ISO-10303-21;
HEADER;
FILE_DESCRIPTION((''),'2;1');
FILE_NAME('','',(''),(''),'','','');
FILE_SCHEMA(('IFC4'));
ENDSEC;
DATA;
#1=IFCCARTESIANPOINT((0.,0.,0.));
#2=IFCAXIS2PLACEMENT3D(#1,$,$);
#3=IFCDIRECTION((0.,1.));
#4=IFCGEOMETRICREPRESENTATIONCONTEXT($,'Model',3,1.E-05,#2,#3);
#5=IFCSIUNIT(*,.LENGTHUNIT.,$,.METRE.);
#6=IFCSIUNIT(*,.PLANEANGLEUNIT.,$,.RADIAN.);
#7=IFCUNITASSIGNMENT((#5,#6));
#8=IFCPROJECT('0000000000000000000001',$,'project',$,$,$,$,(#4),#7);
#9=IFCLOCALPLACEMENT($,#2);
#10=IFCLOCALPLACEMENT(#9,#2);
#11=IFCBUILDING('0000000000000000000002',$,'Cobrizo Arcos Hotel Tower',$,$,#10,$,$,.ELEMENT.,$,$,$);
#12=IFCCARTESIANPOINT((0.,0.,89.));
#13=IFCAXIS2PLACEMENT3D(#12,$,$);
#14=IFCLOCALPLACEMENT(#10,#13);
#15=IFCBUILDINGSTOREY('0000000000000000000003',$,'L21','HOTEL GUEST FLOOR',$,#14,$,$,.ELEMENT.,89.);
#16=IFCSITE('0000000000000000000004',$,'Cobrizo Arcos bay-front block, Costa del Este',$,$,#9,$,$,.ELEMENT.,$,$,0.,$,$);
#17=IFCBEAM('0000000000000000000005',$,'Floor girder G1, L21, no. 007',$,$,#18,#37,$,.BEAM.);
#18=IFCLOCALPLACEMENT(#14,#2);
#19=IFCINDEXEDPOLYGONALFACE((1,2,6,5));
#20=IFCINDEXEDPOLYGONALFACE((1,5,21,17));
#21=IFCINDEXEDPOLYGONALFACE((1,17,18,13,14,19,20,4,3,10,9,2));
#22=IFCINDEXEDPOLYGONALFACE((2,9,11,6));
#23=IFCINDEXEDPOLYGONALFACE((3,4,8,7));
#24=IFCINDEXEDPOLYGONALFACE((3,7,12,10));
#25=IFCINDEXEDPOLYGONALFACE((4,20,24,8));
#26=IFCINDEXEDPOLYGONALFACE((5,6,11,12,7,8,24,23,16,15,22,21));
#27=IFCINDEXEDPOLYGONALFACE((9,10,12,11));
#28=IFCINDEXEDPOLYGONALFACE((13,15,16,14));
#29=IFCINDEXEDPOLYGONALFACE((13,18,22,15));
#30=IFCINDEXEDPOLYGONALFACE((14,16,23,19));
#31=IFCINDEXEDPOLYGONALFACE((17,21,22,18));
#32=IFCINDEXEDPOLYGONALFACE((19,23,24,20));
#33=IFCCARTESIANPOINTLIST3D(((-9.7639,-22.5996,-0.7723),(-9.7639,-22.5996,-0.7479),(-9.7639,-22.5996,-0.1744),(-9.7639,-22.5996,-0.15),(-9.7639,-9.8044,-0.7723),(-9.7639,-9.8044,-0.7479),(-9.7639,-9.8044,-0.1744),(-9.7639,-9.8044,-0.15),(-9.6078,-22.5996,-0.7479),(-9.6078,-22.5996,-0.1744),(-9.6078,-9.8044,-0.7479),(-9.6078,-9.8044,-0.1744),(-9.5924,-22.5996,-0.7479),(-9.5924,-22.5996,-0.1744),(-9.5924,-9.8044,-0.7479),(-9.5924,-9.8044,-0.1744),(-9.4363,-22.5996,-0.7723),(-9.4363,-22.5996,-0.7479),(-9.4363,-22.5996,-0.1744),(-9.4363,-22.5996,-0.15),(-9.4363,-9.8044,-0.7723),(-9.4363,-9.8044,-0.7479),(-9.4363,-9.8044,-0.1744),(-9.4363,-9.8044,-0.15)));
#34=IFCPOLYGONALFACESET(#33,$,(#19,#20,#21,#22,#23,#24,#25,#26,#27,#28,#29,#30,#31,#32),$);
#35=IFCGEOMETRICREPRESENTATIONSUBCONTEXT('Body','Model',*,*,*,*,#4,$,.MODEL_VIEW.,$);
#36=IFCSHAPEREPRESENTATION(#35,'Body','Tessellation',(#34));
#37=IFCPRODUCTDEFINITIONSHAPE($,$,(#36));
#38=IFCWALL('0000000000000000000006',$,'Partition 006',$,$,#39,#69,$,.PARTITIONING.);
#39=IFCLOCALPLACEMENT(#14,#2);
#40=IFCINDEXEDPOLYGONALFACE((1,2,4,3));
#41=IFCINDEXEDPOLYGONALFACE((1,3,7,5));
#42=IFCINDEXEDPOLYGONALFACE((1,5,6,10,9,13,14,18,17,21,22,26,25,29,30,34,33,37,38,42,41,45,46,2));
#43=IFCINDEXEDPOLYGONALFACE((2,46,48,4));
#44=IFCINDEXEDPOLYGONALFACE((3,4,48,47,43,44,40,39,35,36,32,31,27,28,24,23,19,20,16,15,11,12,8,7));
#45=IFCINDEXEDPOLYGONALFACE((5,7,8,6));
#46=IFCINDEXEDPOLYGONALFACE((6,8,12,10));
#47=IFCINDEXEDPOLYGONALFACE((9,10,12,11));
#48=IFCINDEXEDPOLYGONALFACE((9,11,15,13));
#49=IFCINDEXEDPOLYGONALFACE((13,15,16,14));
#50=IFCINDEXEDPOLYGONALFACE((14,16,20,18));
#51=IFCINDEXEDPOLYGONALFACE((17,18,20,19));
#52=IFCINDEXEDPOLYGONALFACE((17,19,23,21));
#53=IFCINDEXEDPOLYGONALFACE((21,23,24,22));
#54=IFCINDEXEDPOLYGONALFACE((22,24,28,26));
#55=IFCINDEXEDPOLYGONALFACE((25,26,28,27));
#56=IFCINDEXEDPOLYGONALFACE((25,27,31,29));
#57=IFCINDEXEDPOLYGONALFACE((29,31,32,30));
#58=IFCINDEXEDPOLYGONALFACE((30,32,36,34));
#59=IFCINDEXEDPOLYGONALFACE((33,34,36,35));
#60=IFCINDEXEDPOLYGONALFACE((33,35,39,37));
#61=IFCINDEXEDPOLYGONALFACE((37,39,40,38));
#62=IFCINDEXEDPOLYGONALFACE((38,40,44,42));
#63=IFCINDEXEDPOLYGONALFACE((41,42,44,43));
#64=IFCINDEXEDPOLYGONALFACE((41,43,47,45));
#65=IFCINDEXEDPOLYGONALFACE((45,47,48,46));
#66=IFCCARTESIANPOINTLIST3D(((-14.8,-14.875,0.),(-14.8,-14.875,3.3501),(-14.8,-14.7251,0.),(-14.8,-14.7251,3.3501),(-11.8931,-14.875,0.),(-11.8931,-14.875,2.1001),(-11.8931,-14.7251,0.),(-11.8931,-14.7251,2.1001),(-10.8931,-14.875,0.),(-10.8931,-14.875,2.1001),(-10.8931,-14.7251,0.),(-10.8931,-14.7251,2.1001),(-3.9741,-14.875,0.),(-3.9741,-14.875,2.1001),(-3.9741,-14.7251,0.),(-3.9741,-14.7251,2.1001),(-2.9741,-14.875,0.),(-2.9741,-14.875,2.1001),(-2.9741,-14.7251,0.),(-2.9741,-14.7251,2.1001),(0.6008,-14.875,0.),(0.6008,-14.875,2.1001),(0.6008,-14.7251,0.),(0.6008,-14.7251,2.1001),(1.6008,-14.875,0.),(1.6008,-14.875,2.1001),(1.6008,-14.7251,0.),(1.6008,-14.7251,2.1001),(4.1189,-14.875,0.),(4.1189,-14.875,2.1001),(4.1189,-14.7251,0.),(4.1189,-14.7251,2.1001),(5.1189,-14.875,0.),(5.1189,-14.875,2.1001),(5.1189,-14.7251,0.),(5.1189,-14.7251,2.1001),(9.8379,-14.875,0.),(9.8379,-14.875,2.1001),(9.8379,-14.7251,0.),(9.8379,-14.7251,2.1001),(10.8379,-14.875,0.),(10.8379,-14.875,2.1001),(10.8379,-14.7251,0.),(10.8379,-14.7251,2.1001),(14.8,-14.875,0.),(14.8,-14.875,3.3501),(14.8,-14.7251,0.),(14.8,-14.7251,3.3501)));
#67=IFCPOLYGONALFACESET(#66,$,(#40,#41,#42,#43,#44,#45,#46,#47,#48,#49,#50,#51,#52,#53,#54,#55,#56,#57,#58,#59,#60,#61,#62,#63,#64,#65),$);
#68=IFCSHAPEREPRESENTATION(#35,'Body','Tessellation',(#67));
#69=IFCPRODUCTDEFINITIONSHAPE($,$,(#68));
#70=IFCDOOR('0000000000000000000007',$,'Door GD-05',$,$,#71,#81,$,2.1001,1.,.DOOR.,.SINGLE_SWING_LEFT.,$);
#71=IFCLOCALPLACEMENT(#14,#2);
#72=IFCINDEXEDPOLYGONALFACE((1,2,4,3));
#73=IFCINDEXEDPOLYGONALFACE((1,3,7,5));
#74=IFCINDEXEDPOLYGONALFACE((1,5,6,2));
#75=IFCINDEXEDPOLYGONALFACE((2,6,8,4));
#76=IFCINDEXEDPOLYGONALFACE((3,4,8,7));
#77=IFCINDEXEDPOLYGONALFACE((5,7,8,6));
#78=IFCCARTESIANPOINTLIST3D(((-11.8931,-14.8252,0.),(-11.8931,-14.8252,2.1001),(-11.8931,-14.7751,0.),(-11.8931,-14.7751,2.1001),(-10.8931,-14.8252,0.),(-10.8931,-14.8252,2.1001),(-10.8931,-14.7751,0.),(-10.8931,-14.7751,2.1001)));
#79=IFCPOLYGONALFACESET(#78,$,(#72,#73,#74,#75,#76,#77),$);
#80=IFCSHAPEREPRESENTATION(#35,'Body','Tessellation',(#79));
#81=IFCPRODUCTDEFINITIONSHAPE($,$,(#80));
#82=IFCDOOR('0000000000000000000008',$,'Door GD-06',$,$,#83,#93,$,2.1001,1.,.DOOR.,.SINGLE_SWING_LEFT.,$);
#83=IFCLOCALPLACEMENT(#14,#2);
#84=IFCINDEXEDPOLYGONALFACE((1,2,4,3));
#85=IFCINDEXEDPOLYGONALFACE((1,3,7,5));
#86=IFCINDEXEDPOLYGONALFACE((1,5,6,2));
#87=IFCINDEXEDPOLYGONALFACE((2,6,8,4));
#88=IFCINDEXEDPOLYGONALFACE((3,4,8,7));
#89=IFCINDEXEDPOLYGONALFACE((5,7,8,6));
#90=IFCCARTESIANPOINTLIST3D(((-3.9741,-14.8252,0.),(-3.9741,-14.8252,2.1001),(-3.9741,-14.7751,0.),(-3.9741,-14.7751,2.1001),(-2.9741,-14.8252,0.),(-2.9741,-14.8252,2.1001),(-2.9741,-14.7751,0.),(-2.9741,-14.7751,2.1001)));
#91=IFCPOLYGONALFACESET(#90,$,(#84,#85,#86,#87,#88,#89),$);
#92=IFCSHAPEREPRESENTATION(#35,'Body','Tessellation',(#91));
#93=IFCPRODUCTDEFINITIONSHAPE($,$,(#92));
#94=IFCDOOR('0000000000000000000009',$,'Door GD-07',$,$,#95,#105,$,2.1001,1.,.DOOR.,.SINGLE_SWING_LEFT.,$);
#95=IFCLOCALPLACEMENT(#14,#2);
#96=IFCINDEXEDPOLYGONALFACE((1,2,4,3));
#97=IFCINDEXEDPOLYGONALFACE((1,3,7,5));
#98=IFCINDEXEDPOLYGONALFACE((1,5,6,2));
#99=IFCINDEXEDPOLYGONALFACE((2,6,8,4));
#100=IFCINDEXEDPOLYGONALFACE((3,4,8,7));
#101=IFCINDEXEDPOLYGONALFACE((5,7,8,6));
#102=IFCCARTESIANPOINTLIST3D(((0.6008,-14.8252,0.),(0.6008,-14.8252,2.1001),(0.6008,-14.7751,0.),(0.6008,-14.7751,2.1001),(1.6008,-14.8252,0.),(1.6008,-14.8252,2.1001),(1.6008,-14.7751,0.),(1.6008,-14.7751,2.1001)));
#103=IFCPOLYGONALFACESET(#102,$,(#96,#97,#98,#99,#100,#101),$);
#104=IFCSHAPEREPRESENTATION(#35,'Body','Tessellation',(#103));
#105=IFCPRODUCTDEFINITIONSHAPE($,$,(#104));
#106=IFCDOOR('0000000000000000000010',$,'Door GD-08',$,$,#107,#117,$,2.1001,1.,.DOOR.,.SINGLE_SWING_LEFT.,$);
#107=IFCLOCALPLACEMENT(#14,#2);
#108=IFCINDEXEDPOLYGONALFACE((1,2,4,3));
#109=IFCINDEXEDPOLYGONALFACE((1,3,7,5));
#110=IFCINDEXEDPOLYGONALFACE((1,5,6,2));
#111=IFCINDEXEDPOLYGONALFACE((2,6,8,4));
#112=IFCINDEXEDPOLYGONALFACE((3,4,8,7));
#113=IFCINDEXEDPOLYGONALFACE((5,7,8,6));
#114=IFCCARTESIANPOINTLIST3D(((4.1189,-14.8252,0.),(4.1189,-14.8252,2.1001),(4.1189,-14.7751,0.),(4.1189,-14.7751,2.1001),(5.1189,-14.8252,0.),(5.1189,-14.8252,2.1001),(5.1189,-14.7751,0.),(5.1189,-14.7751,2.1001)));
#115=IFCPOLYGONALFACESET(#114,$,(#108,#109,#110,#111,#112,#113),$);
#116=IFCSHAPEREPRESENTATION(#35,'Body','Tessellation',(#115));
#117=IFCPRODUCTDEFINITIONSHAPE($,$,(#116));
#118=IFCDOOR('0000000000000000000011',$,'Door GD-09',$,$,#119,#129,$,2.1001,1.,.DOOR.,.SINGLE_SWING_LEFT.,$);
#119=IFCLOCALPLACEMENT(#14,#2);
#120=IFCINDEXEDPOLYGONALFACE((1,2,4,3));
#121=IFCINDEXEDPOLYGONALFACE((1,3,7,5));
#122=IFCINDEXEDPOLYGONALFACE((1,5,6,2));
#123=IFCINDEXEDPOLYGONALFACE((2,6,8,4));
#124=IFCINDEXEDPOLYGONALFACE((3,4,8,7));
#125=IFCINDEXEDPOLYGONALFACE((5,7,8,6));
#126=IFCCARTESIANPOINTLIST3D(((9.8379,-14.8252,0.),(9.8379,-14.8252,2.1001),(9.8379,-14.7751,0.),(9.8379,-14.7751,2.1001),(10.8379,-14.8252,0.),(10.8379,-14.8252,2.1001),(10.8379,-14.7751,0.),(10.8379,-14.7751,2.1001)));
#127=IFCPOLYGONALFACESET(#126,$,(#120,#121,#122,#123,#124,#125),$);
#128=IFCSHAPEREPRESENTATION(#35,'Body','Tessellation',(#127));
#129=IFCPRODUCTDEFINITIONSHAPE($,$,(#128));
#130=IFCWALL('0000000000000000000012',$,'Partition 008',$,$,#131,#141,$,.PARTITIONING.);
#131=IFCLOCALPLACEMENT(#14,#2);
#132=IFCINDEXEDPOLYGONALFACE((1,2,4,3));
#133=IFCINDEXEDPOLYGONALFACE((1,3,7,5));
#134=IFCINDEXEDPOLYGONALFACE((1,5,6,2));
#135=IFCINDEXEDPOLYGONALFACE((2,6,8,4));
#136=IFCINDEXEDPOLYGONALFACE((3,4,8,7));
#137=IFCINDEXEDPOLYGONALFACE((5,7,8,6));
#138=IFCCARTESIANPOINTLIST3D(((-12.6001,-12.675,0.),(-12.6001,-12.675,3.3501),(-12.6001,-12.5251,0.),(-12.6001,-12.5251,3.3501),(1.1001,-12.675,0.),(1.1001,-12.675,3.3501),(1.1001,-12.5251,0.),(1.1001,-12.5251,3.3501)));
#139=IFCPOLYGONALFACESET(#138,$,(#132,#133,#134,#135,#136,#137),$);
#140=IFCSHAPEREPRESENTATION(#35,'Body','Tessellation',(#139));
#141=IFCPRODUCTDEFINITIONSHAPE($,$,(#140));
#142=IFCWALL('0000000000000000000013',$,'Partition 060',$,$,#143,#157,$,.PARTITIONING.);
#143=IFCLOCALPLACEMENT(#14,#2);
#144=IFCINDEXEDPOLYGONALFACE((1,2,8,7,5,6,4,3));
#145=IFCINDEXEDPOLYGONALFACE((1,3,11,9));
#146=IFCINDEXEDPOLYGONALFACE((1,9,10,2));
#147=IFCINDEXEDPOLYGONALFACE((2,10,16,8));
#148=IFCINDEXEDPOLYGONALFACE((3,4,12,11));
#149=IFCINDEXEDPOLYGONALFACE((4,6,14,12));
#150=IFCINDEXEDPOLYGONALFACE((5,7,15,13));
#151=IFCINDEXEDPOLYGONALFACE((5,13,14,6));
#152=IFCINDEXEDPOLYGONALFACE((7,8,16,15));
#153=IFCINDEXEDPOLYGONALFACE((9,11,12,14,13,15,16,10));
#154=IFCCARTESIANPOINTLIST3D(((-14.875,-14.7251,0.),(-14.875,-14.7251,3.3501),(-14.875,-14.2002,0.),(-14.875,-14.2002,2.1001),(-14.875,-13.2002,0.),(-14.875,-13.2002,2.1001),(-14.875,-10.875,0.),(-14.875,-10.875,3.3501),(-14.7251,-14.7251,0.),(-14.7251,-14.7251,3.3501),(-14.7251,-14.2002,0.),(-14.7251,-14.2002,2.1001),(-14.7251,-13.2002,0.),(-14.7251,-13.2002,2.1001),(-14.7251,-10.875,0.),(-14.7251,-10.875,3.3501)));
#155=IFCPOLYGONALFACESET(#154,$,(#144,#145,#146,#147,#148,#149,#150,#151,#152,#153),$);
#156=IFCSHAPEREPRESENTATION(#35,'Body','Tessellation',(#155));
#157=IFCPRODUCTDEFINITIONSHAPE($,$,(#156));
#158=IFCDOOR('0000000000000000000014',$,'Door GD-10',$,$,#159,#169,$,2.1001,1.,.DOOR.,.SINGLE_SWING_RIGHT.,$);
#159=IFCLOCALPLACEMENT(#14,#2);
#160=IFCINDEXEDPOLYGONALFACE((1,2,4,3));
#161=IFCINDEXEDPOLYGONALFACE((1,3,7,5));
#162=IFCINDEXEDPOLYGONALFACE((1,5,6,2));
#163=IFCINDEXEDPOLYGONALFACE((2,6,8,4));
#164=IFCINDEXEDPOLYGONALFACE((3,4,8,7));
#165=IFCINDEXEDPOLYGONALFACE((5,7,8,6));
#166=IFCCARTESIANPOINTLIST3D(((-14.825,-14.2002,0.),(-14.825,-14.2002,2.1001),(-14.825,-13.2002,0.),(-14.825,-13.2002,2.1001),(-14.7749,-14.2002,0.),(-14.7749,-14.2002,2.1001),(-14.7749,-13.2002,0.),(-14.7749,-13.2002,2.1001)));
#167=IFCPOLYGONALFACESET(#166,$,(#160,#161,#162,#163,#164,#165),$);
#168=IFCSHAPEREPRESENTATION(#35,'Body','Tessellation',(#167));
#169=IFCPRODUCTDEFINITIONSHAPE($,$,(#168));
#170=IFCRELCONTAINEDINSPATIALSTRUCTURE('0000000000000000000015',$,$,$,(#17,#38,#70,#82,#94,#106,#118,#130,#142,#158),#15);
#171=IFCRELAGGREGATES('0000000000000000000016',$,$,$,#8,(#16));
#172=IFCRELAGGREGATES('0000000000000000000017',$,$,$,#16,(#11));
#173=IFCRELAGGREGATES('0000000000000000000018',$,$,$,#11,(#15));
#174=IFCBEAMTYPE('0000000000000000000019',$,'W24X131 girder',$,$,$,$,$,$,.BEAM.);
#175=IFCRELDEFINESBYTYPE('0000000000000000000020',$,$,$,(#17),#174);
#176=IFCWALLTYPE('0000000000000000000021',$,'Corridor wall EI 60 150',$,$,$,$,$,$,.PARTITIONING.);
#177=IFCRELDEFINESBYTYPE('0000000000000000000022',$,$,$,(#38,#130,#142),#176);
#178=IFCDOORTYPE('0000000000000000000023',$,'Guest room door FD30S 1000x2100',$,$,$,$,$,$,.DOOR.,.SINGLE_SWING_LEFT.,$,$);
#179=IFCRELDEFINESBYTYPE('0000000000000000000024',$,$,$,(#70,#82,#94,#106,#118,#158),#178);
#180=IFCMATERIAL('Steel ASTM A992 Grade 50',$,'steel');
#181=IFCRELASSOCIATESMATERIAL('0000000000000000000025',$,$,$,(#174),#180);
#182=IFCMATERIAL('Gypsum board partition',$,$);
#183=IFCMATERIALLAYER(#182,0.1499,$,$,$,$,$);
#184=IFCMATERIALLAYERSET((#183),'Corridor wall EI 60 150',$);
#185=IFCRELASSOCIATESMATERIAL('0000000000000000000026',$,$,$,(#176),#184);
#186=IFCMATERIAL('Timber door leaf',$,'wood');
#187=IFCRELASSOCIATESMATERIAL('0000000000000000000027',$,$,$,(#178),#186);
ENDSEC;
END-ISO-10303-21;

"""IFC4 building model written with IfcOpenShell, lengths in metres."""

from ifc_helpers import new_model, si_unit, direction, frame, frame_2d, origin, origin_2d, place, context, subcontext, project, spatial, rectangle, i_section, extrude, material, layer, layer_set, material_profile, profile_set, type_object, element, fill, save


model = new_model("IFC4")

# Units and contexts
model_context = context("Model", 3, precision=1e-05, world=origin(), true_north=direction((0.0, 1.0)))
body_context = subcontext(model_context, "Body", "Model", "MODEL_VIEW")
ifc_project = project(units=[si_unit("LENGTHUNIT", "METRE"), si_unit("PLANEANGLEUNIT", "RADIAN")], contexts=[model_context])

# Site, building, storey
site_placement = place(None, origin())
site = spatial("IfcSite", under=ifc_project, at=site_placement, Name="Cobrizo Arcos bay-front block, Costa del Este", CompositionType="ELEMENT", RefElevation=0.0)
building_placement = place(site_placement, origin())
building = spatial("IfcBuilding", under=site, at=building_placement, Name="Cobrizo Arcos Hotel Tower", CompositionType="ELEMENT")
storey_placement = place(building_placement, frame((0.0, 0.0, 89.0)))
storey = spatial("IfcBuildingStorey", under=building, at=storey_placement, Name="L21", Description="HOTEL GUEST FLOOR", CompositionType="ELEMENT", Elevation=89.0)

# Beam
ifc_material_1 = material(Name="Steel ASTM A992 Grade 50", Category="steel")
ifc_material_profile = material_profile(ifc_material_1, i_section(OverallWidth=0.3276, OverallDepth=0.6223, WebThickness=0.0154, FlangeThickness=0.0244, at=origin_2d()), Name="W24X131")
ifc_profile_set = profile_set([ifc_material_profile], Name="Steel ASTM A992 Grade 50")
beam_type = type_object("IfcBeamType", Name="W24X131 girder", PredefinedType="BEAM", material=ifc_profile_set)
beam_placement = place(storey_placement, frame((-9.6001, -22.5996, -0.4612), z_axis=(0.0, 1.0, 0.0), x_axis=(-1.0, 0.0, 0.0)))
element("IfcBeam", 1, at=beam_placement, inside=storey, type_object=beam_type, Name="Floor girder G1, L21, no. 007", PredefinedType="BEAM", context=body_context, shape_type="SweptSolid", body=[
    extrude(i_section(OverallWidth=0.3276, OverallDepth=0.6223, WebThickness=0.0154, FlangeThickness=0.0244, at=origin_2d()), origin(), (0.0, 0.0, 1.0), 12.7952),
])

# Wall, openings, doors
ifc_material_2 = material(Name="Gypsum board partition")
ifc_layer_1 = layer(ifc_material_2, 0.1499)
ifc_layer_set_1 = layer_set([ifc_layer_1], Name="Corridor wall EI 60 150")
wall_type_1 = type_object("IfcWallType", Name="Corridor wall EI 60 150", PredefinedType="PARTITIONING", material=ifc_layer_set_1)
wall_1_placement = place(storey_placement, frame((-14.8, -14.8, 0.0), z_axis=(0.0, 0.0, 1.0), x_axis=(1.0, 0.0, 0.0)))
wall_1 = element("IfcWall", 2, at=wall_1_placement, inside=storey, type_object=wall_type_1, Name="Partition 006", PredefinedType="PARTITIONING", context=body_context, shape_type="SweptSolid", body=[
    extrude(rectangle(XDim=29.6001, YDim=0.1499, at=frame_2d((14.8, 0.0))), origin(), (0.0, 0.0, 1.0), 3.3501),
])
opening_1_placement = place(wall_1_placement, frame((2.907, 0.0, 0.0)))
opening_1 = element("IfcOpeningElement", 3, at=opening_1_placement, cuts=wall_1, PredefinedType="OPENING", context=body_context, shape_type="SweptSolid", body=[
    extrude(rectangle(XDim=1.0, YDim=2.1001, at=frame_2d((0.5, 1.05))), frame((0.0, 0.0869, 0.0), z_axis=(0.0, -1.0, 0.0), x_axis=(1.0, 0.0, 0.0)), (0.0, 0.0, 1.0), 0.1738),
])
opening_2_placement = place(wall_1_placement, frame((10.8259, 0.0, 0.0)))
opening_2 = element("IfcOpeningElement", 4, at=opening_2_placement, cuts=wall_1, PredefinedType="OPENING", context=body_context, shape_type="SweptSolid", body=[
    extrude(rectangle(XDim=1.0, YDim=2.1001, at=frame_2d((0.5, 1.05))), frame((0.0, 0.0869, 0.0), z_axis=(0.0, -1.0, 0.0), x_axis=(1.0, 0.0, 0.0)), (0.0, 0.0, 1.0), 0.1738),
])
opening_3_placement = place(wall_1_placement, frame((15.4009, 0.0, 0.0)))
opening_3 = element("IfcOpeningElement", 5, at=opening_3_placement, cuts=wall_1, PredefinedType="OPENING", context=body_context, shape_type="SweptSolid", body=[
    extrude(rectangle(XDim=1.0, YDim=2.1001, at=frame_2d((0.5, 1.05))), frame((0.0, 0.0869, 0.0), z_axis=(0.0, -1.0, 0.0), x_axis=(1.0, 0.0, 0.0)), (0.0, 0.0, 1.0), 0.1738),
])
opening_4_placement = place(wall_1_placement, frame((18.9189, 0.0, 0.0)))
opening_4 = element("IfcOpeningElement", 6, at=opening_4_placement, cuts=wall_1, PredefinedType="OPENING", context=body_context, shape_type="SweptSolid", body=[
    extrude(rectangle(XDim=1.0, YDim=2.1001, at=frame_2d((0.5, 1.05))), frame((0.0, 0.0869, 0.0), z_axis=(0.0, -1.0, 0.0), x_axis=(1.0, 0.0, 0.0)), (0.0, 0.0, 1.0), 0.1738),
])
opening_5_placement = place(wall_1_placement, frame((24.6379, 0.0, 0.0)))
opening_5 = element("IfcOpeningElement", 7, at=opening_5_placement, cuts=wall_1, PredefinedType="OPENING", context=body_context, shape_type="SweptSolid", body=[
    extrude(rectangle(XDim=1.0, YDim=2.1001, at=frame_2d((0.5, 1.05))), frame((0.0, 0.0869, 0.0), z_axis=(0.0, -1.0, 0.0), x_axis=(1.0, 0.0, 0.0)), (0.0, 0.0, 1.0), 0.1738),
])
ifc_material_3 = material(Name="Timber door leaf", Category="wood")
door_type_1 = type_object("IfcDoorType", Name="Guest room door FD30S 1000x2100", OperationType="SINGLE_SWING_LEFT", PredefinedType="DOOR", material=ifc_material_3)
door_1_placement = place(opening_1_placement, origin())
door_1 = element("IfcDoor", 8, at=door_1_placement, inside=storey, type_object=door_type_1, Name="Door GD-05", OperationType="SINGLE_SWING_LEFT", OverallHeight=2.1001, OverallWidth=1.0, PredefinedType="DOOR", context=body_context, shape_type="SweptSolid", body=[
    extrude(rectangle(XDim=1.0, YDim=2.1001, at=frame_2d((0.5, 1.05))), frame((0.0, 0.0249, 0.0), z_axis=(0.0, -1.0, 0.0), x_axis=(1.0, 0.0, 0.0)), (0.0, 0.0, 1.0), 0.05),
])
fill(opening_1, door_1)
door_2_placement = place(opening_2_placement, origin())
door_2 = element("IfcDoor", 9, at=door_2_placement, inside=storey, type_object=door_type_1, Name="Door GD-06", OperationType="SINGLE_SWING_LEFT", OverallHeight=2.1001, OverallWidth=1.0, PredefinedType="DOOR", context=body_context, shape_type="SweptSolid", body=[
    extrude(rectangle(XDim=1.0, YDim=2.1001, at=frame_2d((0.5, 1.05))), frame((0.0, 0.0249, 0.0), z_axis=(0.0, -1.0, 0.0), x_axis=(1.0, 0.0, 0.0)), (0.0, 0.0, 1.0), 0.05),
])
fill(opening_2, door_2)
door_3_placement = place(opening_3_placement, origin())
door_3 = element("IfcDoor", 10, at=door_3_placement, inside=storey, type_object=door_type_1, Name="Door GD-07", OperationType="SINGLE_SWING_LEFT", OverallHeight=2.1001, OverallWidth=1.0, PredefinedType="DOOR", context=body_context, shape_type="SweptSolid", body=[
    extrude(rectangle(XDim=1.0, YDim=2.1001, at=frame_2d((0.5, 1.05))), frame((0.0, 0.0249, 0.0), z_axis=(0.0, -1.0, 0.0), x_axis=(1.0, 0.0, 0.0)), (0.0, 0.0, 1.0), 0.05),
])
fill(opening_3, door_3)
door_4_placement = place(opening_4_placement, origin())
door_4 = element("IfcDoor", 11, at=door_4_placement, inside=storey, type_object=door_type_1, Name="Door GD-08", OperationType="SINGLE_SWING_LEFT", OverallHeight=2.1001, OverallWidth=1.0, PredefinedType="DOOR", context=body_context, shape_type="SweptSolid", body=[
    extrude(rectangle(XDim=1.0, YDim=2.1001, at=frame_2d((0.5, 1.05))), frame((0.0, 0.0249, 0.0), z_axis=(0.0, -1.0, 0.0), x_axis=(1.0, 0.0, 0.0)), (0.0, 0.0, 1.0), 0.05),
])
fill(opening_4, door_4)
door_5_placement = place(opening_5_placement, origin())
door_5 = element("IfcDoor", 12, at=door_5_placement, inside=storey, type_object=door_type_1, Name="Door GD-09", OperationType="SINGLE_SWING_LEFT", OverallHeight=2.1001, OverallWidth=1.0, PredefinedType="DOOR", context=body_context, shape_type="SweptSolid", body=[
    extrude(rectangle(XDim=1.0, YDim=2.1001, at=frame_2d((0.5, 1.05))), frame((0.0, 0.0249, 0.0), z_axis=(0.0, -1.0, 0.0), x_axis=(1.0, 0.0, 0.0)), (0.0, 0.0, 1.0), 0.05),
])
fill(opening_5, door_5)

# Wall
wall_2_placement = place(storey_placement, frame((-12.6001, -12.6001, 0.0), z_axis=(0.0, 0.0, 1.0), x_axis=(1.0, 0.0, 0.0)))
element("IfcWall", 13, at=wall_2_placement, inside=storey, type_object=wall_type_1, Name="Partition 008", PredefinedType="PARTITIONING", context=body_context, shape_type="SweptSolid", body=[
    extrude(rectangle(XDim=13.7002, YDim=0.1499, at=frame_2d((6.8501, 0.0))), origin(), (0.0, 0.0, 1.0), 3.3501),
])

# Wall, opening, door
wall_3_placement = place(storey_placement, frame((-14.8, -14.7251, 0.0), z_axis=(0.0, 0.0, 1.0), x_axis=(0.0, 1.0, 0.0)))
wall_3 = element("IfcWall", 14, at=wall_3_placement, inside=storey, type_object=wall_type_1, Name="Partition 060", PredefinedType="PARTITIONING", context=body_context, shape_type="SweptSolid", body=[
    extrude(rectangle(XDim=3.8501, YDim=0.1499, at=frame_2d((1.925, 0.0))), origin(), (0.0, 0.0, 1.0), 3.3501),
])
opening_6_placement = place(wall_3_placement, frame((0.5249, 0.0, 0.0)))
opening_6 = element("IfcOpeningElement", 15, at=opening_6_placement, cuts=wall_3, PredefinedType="OPENING", context=body_context, shape_type="SweptSolid", body=[
    extrude(rectangle(XDim=1.0, YDim=2.1001, at=frame_2d((0.5, 1.05))), frame((0.0, 0.0869, 0.0), z_axis=(0.0, -1.0, 0.0), x_axis=(1.0, 0.0, 0.0)), (0.0, 0.0, 1.0), 0.1738),
])
door_6_placement = place(opening_6_placement, origin())
door_6 = element("IfcDoor", 16, at=door_6_placement, inside=storey, type_object=door_type_1, Name="Door GD-10", OperationType="SINGLE_SWING_RIGHT", OverallHeight=2.1001, OverallWidth=1.0, PredefinedType="DOOR", context=body_context, shape_type="SweptSolid", body=[
    extrude(rectangle(XDim=1.0, YDim=2.1001, at=frame_2d((0.5, 1.05))), frame((0.0, 0.0249, 0.0), z_axis=(0.0, -1.0, 0.0), x_axis=(1.0, 0.0, 0.0)), (0.0, 0.0, 1.0), 0.05),
])
fill(opening_6, door_6)

save(model, "model.ifc")
